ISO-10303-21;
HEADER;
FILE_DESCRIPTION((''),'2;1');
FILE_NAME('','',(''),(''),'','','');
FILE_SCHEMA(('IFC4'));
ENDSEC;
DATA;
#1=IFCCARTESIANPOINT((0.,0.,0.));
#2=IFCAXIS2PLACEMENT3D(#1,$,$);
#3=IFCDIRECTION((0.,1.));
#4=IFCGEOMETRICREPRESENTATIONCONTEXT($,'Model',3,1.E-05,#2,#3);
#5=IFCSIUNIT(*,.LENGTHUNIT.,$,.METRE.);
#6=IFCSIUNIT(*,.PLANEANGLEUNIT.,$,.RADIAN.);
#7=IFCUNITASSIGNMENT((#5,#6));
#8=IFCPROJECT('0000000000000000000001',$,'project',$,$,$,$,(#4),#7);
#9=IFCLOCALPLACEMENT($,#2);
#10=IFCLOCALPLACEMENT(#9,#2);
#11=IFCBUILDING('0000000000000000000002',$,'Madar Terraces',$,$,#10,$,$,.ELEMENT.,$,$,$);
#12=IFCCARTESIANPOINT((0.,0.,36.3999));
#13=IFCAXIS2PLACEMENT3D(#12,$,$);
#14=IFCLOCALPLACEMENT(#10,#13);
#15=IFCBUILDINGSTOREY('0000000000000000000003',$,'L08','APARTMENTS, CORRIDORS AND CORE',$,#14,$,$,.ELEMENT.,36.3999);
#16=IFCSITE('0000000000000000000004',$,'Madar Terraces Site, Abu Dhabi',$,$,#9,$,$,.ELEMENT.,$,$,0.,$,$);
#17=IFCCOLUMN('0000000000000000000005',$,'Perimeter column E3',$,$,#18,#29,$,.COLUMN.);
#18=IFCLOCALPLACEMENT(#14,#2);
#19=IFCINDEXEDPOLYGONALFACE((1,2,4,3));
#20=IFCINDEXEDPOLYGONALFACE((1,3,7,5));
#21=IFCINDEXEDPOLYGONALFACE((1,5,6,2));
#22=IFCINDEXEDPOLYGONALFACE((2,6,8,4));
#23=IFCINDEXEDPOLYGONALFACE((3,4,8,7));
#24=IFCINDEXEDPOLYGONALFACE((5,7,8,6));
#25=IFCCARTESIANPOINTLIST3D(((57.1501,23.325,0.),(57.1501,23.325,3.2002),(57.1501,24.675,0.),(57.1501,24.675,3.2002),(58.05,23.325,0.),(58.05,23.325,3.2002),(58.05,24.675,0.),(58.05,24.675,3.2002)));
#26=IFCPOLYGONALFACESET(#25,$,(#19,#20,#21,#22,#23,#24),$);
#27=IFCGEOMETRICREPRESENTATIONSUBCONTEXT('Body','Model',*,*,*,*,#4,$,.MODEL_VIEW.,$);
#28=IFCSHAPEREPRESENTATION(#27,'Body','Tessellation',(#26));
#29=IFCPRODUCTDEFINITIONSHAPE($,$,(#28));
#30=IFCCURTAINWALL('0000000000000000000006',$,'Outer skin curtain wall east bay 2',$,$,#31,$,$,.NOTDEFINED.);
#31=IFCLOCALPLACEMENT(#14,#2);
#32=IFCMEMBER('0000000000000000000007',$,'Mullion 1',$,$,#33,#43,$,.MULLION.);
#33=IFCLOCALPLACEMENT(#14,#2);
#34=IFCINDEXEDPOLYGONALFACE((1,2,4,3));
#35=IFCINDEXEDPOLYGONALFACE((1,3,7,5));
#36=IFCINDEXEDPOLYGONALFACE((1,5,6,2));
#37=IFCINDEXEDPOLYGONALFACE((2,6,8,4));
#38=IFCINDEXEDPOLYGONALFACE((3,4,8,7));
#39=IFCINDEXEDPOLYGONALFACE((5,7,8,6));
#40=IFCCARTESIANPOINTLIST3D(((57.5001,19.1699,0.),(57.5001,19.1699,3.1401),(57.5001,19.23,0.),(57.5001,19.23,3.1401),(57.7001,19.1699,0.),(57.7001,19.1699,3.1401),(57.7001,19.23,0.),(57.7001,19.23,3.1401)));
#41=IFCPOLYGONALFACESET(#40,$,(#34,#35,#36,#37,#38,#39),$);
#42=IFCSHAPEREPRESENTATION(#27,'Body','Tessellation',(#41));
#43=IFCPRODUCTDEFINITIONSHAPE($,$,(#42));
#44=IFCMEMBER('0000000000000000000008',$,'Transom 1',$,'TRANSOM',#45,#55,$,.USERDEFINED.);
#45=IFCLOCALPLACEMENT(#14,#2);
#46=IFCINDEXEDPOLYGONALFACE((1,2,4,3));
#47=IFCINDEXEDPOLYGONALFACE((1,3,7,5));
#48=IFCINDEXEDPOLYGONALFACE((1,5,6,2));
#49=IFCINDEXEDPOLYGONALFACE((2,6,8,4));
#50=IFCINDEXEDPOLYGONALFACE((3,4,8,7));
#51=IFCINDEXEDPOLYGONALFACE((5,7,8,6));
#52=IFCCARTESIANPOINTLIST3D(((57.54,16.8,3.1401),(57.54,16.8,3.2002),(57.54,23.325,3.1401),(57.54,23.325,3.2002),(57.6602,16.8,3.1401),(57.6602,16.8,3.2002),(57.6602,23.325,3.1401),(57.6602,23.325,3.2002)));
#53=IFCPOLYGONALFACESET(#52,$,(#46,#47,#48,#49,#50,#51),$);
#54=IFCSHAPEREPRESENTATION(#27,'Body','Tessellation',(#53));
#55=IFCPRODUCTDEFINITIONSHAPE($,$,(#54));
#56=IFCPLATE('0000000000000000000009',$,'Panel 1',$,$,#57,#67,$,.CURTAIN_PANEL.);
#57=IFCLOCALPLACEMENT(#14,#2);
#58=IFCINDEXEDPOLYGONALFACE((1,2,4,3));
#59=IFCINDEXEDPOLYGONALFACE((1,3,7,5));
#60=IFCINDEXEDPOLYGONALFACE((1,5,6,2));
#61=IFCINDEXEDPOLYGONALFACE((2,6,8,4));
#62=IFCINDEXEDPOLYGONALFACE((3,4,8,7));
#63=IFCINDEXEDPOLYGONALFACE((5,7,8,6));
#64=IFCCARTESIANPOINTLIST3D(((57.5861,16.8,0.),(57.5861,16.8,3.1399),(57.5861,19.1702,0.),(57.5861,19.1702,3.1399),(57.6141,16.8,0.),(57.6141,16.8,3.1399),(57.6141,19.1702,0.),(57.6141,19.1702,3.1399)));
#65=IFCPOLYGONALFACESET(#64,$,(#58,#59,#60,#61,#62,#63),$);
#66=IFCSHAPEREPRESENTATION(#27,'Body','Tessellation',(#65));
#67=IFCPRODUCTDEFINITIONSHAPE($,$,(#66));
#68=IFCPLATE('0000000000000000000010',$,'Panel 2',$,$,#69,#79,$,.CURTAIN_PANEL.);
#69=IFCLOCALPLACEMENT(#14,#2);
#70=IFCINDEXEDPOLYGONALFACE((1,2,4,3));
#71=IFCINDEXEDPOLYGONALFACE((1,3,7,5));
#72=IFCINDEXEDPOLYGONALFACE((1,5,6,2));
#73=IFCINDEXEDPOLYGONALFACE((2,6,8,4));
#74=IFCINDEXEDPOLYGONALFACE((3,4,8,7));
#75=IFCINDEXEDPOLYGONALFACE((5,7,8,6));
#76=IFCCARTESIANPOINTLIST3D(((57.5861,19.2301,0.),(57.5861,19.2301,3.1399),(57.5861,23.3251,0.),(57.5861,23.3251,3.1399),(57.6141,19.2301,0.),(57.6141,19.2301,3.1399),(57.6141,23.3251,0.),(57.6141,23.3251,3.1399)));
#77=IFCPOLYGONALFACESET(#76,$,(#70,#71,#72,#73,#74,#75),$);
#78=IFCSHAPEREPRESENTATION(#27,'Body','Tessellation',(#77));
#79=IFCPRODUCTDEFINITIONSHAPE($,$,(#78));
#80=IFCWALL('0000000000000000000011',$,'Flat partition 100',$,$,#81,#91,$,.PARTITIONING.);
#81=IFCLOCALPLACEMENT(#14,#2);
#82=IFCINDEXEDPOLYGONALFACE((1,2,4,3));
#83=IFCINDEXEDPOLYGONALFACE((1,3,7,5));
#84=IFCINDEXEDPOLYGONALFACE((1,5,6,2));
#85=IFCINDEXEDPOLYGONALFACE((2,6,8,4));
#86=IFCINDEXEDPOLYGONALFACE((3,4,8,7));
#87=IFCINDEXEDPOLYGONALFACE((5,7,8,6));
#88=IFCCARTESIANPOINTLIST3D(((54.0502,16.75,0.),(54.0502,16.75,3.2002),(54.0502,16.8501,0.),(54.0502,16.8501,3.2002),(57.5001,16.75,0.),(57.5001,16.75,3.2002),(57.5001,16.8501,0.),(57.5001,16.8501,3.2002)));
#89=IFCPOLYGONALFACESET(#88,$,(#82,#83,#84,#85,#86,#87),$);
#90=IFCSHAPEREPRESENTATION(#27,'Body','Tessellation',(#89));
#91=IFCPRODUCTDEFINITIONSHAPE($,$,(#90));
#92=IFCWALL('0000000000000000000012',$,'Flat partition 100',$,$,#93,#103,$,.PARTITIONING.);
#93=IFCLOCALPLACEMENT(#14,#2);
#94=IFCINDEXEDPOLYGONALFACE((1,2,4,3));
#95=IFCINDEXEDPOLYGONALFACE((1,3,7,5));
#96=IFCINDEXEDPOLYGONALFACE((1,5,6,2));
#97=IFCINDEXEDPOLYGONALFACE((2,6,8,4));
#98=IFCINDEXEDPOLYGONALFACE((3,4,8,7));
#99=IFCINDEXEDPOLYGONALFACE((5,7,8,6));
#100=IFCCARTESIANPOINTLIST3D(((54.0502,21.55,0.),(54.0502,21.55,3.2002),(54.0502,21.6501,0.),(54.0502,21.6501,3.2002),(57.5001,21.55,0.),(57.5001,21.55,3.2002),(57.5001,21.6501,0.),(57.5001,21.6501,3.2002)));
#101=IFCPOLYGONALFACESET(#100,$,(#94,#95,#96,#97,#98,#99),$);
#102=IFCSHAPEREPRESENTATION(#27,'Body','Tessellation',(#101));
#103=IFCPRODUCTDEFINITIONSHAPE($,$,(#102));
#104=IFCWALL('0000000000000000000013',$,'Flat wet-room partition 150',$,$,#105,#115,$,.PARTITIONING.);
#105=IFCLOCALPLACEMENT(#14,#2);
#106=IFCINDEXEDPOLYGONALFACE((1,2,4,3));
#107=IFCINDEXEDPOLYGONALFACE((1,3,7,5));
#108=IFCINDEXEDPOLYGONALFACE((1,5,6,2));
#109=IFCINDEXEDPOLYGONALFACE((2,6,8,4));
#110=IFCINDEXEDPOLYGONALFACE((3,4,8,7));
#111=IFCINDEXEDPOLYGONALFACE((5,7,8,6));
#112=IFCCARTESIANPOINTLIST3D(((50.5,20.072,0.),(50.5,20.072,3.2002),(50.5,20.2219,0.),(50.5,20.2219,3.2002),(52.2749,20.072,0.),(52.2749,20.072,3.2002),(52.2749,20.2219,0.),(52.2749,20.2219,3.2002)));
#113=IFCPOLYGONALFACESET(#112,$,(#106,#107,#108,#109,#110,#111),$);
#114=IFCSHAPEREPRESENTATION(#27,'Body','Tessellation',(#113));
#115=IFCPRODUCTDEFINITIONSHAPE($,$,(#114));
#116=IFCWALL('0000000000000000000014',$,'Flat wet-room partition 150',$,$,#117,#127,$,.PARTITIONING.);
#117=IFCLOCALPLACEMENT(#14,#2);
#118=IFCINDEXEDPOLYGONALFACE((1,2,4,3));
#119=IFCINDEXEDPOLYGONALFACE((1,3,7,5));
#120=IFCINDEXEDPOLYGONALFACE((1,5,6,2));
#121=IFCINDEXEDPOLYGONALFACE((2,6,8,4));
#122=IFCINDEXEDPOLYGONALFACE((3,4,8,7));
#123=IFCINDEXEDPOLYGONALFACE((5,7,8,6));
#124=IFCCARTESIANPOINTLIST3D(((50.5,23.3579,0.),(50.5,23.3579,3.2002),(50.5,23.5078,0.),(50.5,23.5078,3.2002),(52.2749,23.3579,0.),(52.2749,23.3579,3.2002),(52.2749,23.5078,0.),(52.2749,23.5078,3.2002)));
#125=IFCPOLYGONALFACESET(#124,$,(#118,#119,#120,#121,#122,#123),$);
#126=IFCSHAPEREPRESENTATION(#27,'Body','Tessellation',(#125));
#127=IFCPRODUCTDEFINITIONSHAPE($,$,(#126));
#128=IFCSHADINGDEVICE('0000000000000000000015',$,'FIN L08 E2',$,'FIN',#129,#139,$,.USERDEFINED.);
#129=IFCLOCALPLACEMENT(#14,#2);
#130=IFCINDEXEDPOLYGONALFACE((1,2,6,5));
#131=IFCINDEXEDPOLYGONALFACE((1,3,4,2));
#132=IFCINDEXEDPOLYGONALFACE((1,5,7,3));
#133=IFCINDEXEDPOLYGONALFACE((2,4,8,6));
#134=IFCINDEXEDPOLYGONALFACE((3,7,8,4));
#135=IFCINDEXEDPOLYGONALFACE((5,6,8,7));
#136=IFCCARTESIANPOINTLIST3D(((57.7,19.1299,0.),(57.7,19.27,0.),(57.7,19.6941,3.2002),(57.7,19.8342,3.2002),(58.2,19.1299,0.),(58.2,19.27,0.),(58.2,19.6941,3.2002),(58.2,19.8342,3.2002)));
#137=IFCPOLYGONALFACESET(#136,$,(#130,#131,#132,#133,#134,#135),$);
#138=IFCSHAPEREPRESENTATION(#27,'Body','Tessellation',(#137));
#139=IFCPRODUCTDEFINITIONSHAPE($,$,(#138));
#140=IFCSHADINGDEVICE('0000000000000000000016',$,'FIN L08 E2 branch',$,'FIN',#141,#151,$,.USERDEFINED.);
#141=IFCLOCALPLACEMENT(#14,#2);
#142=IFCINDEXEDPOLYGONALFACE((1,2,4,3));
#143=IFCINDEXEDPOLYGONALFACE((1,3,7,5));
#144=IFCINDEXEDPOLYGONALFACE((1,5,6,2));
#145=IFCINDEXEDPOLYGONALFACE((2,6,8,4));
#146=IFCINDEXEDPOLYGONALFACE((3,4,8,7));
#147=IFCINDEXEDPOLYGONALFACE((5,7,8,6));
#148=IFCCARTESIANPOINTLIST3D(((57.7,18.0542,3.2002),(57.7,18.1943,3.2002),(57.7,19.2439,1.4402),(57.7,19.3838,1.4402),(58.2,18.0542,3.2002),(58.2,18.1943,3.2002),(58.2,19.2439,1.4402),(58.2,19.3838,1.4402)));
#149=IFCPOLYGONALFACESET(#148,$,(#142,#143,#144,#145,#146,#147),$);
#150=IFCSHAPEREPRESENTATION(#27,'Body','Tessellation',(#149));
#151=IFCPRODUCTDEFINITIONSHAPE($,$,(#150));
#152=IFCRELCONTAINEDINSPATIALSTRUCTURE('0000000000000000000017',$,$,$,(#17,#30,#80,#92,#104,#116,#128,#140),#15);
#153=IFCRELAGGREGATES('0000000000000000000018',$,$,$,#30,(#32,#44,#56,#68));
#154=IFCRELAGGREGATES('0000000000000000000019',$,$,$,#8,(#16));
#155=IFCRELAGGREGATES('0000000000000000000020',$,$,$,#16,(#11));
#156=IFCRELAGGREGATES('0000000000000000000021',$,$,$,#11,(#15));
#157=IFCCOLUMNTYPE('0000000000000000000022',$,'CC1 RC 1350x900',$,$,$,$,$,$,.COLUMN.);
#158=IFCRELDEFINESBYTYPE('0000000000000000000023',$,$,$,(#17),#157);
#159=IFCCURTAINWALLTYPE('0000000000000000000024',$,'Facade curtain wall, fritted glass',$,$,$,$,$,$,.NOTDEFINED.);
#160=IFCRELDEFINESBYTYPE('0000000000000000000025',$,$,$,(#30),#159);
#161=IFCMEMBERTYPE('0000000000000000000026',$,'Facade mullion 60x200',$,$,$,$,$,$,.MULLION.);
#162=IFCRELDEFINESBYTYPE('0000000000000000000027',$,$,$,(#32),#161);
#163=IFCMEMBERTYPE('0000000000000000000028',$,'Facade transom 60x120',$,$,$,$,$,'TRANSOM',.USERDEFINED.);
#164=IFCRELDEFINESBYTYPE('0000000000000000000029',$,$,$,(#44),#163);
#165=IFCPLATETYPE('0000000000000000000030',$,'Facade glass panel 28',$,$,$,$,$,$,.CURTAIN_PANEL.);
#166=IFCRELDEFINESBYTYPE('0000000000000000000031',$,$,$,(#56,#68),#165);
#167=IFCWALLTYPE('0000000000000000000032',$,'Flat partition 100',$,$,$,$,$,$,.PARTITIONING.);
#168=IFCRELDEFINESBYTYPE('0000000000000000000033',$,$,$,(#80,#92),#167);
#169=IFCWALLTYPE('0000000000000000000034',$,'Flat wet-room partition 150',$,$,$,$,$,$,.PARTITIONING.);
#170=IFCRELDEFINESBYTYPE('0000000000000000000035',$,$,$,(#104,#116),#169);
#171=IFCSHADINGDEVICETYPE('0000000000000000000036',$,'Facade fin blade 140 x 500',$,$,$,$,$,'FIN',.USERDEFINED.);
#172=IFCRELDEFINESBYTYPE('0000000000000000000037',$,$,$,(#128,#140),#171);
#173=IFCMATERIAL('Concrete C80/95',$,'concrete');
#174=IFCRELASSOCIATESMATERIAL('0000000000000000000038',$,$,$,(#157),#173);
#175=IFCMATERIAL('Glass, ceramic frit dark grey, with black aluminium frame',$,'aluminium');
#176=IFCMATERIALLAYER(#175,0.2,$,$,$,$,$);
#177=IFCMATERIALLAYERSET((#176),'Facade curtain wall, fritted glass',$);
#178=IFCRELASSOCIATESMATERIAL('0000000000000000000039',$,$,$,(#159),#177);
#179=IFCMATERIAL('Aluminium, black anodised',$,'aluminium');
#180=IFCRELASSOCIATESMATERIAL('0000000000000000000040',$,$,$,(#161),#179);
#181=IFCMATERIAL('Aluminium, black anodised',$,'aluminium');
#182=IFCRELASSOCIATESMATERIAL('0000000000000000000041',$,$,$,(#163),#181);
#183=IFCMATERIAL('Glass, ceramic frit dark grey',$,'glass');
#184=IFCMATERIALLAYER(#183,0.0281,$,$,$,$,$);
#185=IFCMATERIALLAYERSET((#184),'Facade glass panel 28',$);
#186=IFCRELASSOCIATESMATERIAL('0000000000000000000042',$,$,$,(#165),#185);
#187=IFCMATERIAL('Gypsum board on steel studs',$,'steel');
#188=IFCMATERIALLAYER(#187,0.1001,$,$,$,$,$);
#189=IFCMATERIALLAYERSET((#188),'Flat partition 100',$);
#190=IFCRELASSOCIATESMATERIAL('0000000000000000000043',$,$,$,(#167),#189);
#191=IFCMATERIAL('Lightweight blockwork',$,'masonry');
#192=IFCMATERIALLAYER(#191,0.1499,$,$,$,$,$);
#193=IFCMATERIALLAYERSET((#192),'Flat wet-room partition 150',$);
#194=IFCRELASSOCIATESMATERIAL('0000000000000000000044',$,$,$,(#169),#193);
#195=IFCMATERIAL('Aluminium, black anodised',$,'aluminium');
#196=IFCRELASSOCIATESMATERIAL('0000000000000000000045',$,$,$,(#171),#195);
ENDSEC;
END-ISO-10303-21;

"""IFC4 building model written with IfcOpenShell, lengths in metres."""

from ifc_helpers import new_model, si_unit, direction, frame, frame_2d, origin, origin_2d, place, context, subcontext, project, spatial, polyline, rectangle, outline, extrude, material, layer, layer_set, material_profile, profile_set, type_object, element, aggregate, save


model = new_model("IFC4")

# Units and contexts
model_context = context("Model", 3, precision=1e-05, world=origin(), true_north=direction((0.0, 1.0)))
body_context = subcontext(model_context, "Body", "Model", "MODEL_VIEW")
ifc_project = project(units=[si_unit("LENGTHUNIT", "METRE"), si_unit("PLANEANGLEUNIT", "RADIAN")], contexts=[model_context])

# Site, building, storey
site_placement = place(None, origin())
site = spatial("IfcSite", under=ifc_project, at=site_placement, Name="Madar Terraces Site, Abu Dhabi", CompositionType="ELEMENT", RefElevation=0.0)
building_placement = place(site_placement, origin())
building = spatial("IfcBuilding", under=site, at=building_placement, Name="Madar Terraces", CompositionType="ELEMENT")
storey_placement = place(building_placement, frame((0.0, 0.0, 36.3999)))
storey = spatial("IfcBuildingStorey", under=building, at=storey_placement, Name="L08", Description="APARTMENTS, CORRIDORS AND CORE", CompositionType="ELEMENT", Elevation=36.3999)

# Column
ifc_material_1 = material(Name="Concrete C80/95", Category="concrete")
ifc_material_profile_1 = material_profile(ifc_material_1, rectangle(XDim=1.3501, YDim=0.8999, at=origin_2d()), Name="CC1 RC 1350x900")
ifc_profile_set_1 = profile_set([ifc_material_profile_1], Name="Concrete C80/95")
column_type = type_object("IfcColumnType", Name="CC1 RC 1350x900", PredefinedType="COLUMN", material=ifc_profile_set_1)
column_placement = place(storey_placement, frame((57.6001, 24.0, 0.0), z_axis=(0.0, 0.0, 1.0), x_axis=(0.0, 1.0, 0.0)))
element("IfcColumn", 1, at=column_placement, inside=storey, type_object=column_type, Name="Perimeter column E3", PredefinedType="COLUMN", context=body_context, shape_type="SweptSolid", body=[
    extrude(rectangle(XDim=1.3501, YDim=0.8999, at=origin_2d()), origin(), (0.0, 0.0, 1.0), 3.2002),
])

# Curtain wall, members, plates
ifc_material_2 = material(Name="Glass, ceramic frit dark grey, with black aluminium frame", Category="aluminium")
ifc_layer_1 = layer(ifc_material_2, 0.2)
ifc_layer_set_1 = layer_set([ifc_layer_1], Name="Facade curtain wall, fritted glass")
curtain_wall_type = type_object("IfcCurtainWallType", Name="Facade curtain wall, fritted glass", PredefinedType="NOTDEFINED", material=ifc_layer_set_1)
curtain_wall_placement = place(storey_placement, origin())
curtain_wall = element("IfcCurtainWall", 2, at=curtain_wall_placement, inside=storey, type_object=curtain_wall_type, Name="Outer skin curtain wall east bay 2", PredefinedType="NOTDEFINED")
ifc_material_3 = material(Name="Aluminium, black anodised", Category="aluminium")
ifc_material_profile_2 = material_profile(ifc_material_3, rectangle(XDim=0.2, YDim=0.0601, at=origin_2d()), Name="Facade mullion 60x200")
ifc_profile_set_2 = profile_set([ifc_material_profile_2], Name="Aluminium, black anodised")
member_type_1 = type_object("IfcMemberType", Name="Facade mullion 60x200", PredefinedType="MULLION", material=ifc_profile_set_2)
member_1_placement = place(storey_placement, frame((57.6001, 19.2, 0.0), z_axis=(0.0, 0.0, 1.0), x_axis=(-1.0, 0.0, 0.0)))
member_1 = element("IfcMember", 3, at=member_1_placement, type_object=member_type_1, Name="Mullion 1", PredefinedType="MULLION", context=body_context, shape_type="SweptSolid", body=[
    extrude(rectangle(XDim=0.2, YDim=0.0601, at=origin_2d()), origin(), (0.0, 0.0, 1.0), 3.1401),
])
ifc_material_4 = material(Name="Aluminium, black anodised", Category="aluminium")
ifc_material_profile_3 = material_profile(ifc_material_4, rectangle(XDim=0.1201, YDim=0.0601, at=origin_2d()), Name="Facade transom 60x120")
ifc_profile_set_3 = profile_set([ifc_material_profile_3], Name="Aluminium, black anodised")
member_type_2 = type_object("IfcMemberType", Name="Facade transom 60x120", ElementType="TRANSOM", PredefinedType="USERDEFINED", material=ifc_profile_set_3)
member_2_placement = place(storey_placement, frame((57.6001, 16.8, 3.1702), z_axis=(0.0, 1.0, 0.0), x_axis=(-1.0, 0.0, 0.0)))
member_2 = element("IfcMember", 4, at=member_2_placement, type_object=member_type_2, Name="Transom 1", ObjectType="TRANSOM", PredefinedType="USERDEFINED", context=body_context, shape_type="SweptSolid", body=[
    extrude(rectangle(XDim=0.1201, YDim=0.0601, at=origin_2d()), origin(), (0.0, 0.0, 1.0), 6.5249),
])
ifc_material_5 = material(Name="Glass, ceramic frit dark grey", Category="glass")
ifc_layer_2 = layer(ifc_material_5, 0.0281)
ifc_layer_set_2 = layer_set([ifc_layer_2], Name="Facade glass panel 28")
plate_type = type_object("IfcPlateType", Name="Facade glass panel 28", PredefinedType="CURTAIN_PANEL", material=ifc_layer_set_2)
plate_1_placement = place(storey_placement, frame((57.6001, 17.9851, 0.0), z_axis=(0.0, 0.0, 1.0), x_axis=(0.0, 1.0, 0.0)))
plate_1 = element("IfcPlate", 5, at=plate_1_placement, type_object=plate_type, Name="Panel 1", PredefinedType="CURTAIN_PANEL", context=body_context, shape_type="SweptSolid", body=[
    extrude(rectangle(XDim=2.3701, YDim=0.0281, at=origin_2d()), origin(), (0.0, 0.0, 1.0), 3.1399),
])
plate_2_placement = place(storey_placement, frame((57.6001, 21.2776, 0.0), z_axis=(0.0, 0.0, 1.0), x_axis=(0.0, 1.0, 0.0)))
plate_2 = element("IfcPlate", 6, at=plate_2_placement, type_object=plate_type, Name="Panel 2", PredefinedType="CURTAIN_PANEL", context=body_context, shape_type="SweptSolid", body=[
    extrude(rectangle(XDim=4.095, YDim=0.0281, at=origin_2d()), origin(), (0.0, 0.0, 1.0), 3.1399),
])
aggregate(curtain_wall, [member_1, member_2, plate_1, plate_2])

# Walls
ifc_material_6 = material(Name="Gypsum board on steel studs", Category="steel")
ifc_layer_3 = layer(ifc_material_6, 0.1001)
ifc_layer_set_3 = layer_set([ifc_layer_3], Name="Flat partition 100")
wall_type_1 = type_object("IfcWallType", Name="Flat partition 100", PredefinedType="PARTITIONING", material=ifc_layer_set_3)
for number, where, z_axis, x_axis, name in (
    (7, (54.05, 16.8, 0.0), (0.0, 0.0, 1.0), (1.0, 0.0, 0.0), "Flat partition 100"),
    (8, (54.05, 21.6001, 0.0), (0.0, 0.0, 1.0), (1.0, 0.0, 0.0), "Flat partition 100"),
):
    element("IfcWall", number, at=place(storey_placement, frame(where, z_axis=z_axis, x_axis=x_axis)), inside=storey, type_object=wall_type_1, Name=name, PredefinedType="PARTITIONING", context=body_context, shape_type="SweptSolid", body=[
        extrude(rectangle(XDim=3.45, YDim=0.1001, at=frame_2d((1.7251, 0.0))), origin(), (0.0, 0.0, 1.0), 3.2002),
    ])
ifc_material_7 = material(Name="Lightweight blockwork", Category="masonry")
ifc_layer_4 = layer(ifc_material_7, 0.1499)
ifc_layer_set_4 = layer_set([ifc_layer_4], Name="Flat wet-room partition 150")
wall_type_2 = type_object("IfcWallType", Name="Flat wet-room partition 150", PredefinedType="PARTITIONING", material=ifc_layer_set_4)
for number, where, z_axis, x_axis, name in (
    (9, (50.5, 20.147, 0.0), (0.0, 0.0, 1.0), (1.0, 0.0, 0.0), "Flat wet-room partition 150"),
    (10, (50.5, 23.4329, 0.0), (0.0, 0.0, 1.0), (1.0, 0.0, 0.0), "Flat wet-room partition 150"),
):
    element("IfcWall", number, at=place(storey_placement, frame(where, z_axis=z_axis, x_axis=x_axis)), inside=storey, type_object=wall_type_2, Name=name, PredefinedType="PARTITIONING", context=body_context, shape_type="SweptSolid", body=[
        extrude(rectangle(XDim=1.7749, YDim=0.1499, at=frame_2d((0.8875, 0.0))), origin(), (0.0, 0.0, 1.0), 3.2002),
    ])

# Shading devices
ifc_material_8 = material(Name="Aluminium, black anodised", Category="aluminium")
shading_device_type = type_object("IfcShadingDeviceType", Name="Facade fin blade 140 x 500", ElementType="FIN", PredefinedType="USERDEFINED", material=ifc_material_8)
shading_device_1_placement = place(storey_placement, frame((57.95, 19.1299, 0.0), z_axis=(0.0, 0.0, 1.0), x_axis=(0.0, 1.0, 0.0)))
element("IfcShadingDevice", 11, at=shading_device_1_placement, inside=storey, type_object=shading_device_type, Name="FIN L08 E2", ObjectType="FIN", PredefinedType="USERDEFINED", context=body_context, shape_type="SweptSolid", body=[
    extrude(outline(polyline([(0.0, 0.0), (0.1401, 0.0), (0.7043, 3.2002), (0.5642, 3.2002), (0.0, 0.0)])), frame((0.0, 0.25, 0.0), z_axis=(0.0, -1.0, 0.0), x_axis=(1.0, 0.0, 0.0)), (0.0, 0.0, 1.0), 0.5),
])
shading_device_2_placement = place(storey_placement, frame((57.95, 19.2439, 1.4402), z_axis=(0.0, 0.0, 1.0), x_axis=(0.0, 1.0, 0.0)))
element("IfcShadingDevice", 12, at=shading_device_2_placement, inside=storey, type_object=shading_device_type, Name="FIN L08 E2 branch", ObjectType="FIN", PredefinedType="USERDEFINED", context=body_context, shape_type="SweptSolid", body=[
    extrude(outline(polyline([(0.0, 0.0), (0.1399, 0.0), (-1.0496, 1.76), (-1.1897, 1.76), (0.0, 0.0)])), frame((0.0, 0.25, 0.0), z_axis=(0.0, -1.0, 0.0), x_axis=(1.0, 0.0, 0.0)), (0.0, 0.0, 1.0), 0.5),
])

save(model, "model.ifc")
